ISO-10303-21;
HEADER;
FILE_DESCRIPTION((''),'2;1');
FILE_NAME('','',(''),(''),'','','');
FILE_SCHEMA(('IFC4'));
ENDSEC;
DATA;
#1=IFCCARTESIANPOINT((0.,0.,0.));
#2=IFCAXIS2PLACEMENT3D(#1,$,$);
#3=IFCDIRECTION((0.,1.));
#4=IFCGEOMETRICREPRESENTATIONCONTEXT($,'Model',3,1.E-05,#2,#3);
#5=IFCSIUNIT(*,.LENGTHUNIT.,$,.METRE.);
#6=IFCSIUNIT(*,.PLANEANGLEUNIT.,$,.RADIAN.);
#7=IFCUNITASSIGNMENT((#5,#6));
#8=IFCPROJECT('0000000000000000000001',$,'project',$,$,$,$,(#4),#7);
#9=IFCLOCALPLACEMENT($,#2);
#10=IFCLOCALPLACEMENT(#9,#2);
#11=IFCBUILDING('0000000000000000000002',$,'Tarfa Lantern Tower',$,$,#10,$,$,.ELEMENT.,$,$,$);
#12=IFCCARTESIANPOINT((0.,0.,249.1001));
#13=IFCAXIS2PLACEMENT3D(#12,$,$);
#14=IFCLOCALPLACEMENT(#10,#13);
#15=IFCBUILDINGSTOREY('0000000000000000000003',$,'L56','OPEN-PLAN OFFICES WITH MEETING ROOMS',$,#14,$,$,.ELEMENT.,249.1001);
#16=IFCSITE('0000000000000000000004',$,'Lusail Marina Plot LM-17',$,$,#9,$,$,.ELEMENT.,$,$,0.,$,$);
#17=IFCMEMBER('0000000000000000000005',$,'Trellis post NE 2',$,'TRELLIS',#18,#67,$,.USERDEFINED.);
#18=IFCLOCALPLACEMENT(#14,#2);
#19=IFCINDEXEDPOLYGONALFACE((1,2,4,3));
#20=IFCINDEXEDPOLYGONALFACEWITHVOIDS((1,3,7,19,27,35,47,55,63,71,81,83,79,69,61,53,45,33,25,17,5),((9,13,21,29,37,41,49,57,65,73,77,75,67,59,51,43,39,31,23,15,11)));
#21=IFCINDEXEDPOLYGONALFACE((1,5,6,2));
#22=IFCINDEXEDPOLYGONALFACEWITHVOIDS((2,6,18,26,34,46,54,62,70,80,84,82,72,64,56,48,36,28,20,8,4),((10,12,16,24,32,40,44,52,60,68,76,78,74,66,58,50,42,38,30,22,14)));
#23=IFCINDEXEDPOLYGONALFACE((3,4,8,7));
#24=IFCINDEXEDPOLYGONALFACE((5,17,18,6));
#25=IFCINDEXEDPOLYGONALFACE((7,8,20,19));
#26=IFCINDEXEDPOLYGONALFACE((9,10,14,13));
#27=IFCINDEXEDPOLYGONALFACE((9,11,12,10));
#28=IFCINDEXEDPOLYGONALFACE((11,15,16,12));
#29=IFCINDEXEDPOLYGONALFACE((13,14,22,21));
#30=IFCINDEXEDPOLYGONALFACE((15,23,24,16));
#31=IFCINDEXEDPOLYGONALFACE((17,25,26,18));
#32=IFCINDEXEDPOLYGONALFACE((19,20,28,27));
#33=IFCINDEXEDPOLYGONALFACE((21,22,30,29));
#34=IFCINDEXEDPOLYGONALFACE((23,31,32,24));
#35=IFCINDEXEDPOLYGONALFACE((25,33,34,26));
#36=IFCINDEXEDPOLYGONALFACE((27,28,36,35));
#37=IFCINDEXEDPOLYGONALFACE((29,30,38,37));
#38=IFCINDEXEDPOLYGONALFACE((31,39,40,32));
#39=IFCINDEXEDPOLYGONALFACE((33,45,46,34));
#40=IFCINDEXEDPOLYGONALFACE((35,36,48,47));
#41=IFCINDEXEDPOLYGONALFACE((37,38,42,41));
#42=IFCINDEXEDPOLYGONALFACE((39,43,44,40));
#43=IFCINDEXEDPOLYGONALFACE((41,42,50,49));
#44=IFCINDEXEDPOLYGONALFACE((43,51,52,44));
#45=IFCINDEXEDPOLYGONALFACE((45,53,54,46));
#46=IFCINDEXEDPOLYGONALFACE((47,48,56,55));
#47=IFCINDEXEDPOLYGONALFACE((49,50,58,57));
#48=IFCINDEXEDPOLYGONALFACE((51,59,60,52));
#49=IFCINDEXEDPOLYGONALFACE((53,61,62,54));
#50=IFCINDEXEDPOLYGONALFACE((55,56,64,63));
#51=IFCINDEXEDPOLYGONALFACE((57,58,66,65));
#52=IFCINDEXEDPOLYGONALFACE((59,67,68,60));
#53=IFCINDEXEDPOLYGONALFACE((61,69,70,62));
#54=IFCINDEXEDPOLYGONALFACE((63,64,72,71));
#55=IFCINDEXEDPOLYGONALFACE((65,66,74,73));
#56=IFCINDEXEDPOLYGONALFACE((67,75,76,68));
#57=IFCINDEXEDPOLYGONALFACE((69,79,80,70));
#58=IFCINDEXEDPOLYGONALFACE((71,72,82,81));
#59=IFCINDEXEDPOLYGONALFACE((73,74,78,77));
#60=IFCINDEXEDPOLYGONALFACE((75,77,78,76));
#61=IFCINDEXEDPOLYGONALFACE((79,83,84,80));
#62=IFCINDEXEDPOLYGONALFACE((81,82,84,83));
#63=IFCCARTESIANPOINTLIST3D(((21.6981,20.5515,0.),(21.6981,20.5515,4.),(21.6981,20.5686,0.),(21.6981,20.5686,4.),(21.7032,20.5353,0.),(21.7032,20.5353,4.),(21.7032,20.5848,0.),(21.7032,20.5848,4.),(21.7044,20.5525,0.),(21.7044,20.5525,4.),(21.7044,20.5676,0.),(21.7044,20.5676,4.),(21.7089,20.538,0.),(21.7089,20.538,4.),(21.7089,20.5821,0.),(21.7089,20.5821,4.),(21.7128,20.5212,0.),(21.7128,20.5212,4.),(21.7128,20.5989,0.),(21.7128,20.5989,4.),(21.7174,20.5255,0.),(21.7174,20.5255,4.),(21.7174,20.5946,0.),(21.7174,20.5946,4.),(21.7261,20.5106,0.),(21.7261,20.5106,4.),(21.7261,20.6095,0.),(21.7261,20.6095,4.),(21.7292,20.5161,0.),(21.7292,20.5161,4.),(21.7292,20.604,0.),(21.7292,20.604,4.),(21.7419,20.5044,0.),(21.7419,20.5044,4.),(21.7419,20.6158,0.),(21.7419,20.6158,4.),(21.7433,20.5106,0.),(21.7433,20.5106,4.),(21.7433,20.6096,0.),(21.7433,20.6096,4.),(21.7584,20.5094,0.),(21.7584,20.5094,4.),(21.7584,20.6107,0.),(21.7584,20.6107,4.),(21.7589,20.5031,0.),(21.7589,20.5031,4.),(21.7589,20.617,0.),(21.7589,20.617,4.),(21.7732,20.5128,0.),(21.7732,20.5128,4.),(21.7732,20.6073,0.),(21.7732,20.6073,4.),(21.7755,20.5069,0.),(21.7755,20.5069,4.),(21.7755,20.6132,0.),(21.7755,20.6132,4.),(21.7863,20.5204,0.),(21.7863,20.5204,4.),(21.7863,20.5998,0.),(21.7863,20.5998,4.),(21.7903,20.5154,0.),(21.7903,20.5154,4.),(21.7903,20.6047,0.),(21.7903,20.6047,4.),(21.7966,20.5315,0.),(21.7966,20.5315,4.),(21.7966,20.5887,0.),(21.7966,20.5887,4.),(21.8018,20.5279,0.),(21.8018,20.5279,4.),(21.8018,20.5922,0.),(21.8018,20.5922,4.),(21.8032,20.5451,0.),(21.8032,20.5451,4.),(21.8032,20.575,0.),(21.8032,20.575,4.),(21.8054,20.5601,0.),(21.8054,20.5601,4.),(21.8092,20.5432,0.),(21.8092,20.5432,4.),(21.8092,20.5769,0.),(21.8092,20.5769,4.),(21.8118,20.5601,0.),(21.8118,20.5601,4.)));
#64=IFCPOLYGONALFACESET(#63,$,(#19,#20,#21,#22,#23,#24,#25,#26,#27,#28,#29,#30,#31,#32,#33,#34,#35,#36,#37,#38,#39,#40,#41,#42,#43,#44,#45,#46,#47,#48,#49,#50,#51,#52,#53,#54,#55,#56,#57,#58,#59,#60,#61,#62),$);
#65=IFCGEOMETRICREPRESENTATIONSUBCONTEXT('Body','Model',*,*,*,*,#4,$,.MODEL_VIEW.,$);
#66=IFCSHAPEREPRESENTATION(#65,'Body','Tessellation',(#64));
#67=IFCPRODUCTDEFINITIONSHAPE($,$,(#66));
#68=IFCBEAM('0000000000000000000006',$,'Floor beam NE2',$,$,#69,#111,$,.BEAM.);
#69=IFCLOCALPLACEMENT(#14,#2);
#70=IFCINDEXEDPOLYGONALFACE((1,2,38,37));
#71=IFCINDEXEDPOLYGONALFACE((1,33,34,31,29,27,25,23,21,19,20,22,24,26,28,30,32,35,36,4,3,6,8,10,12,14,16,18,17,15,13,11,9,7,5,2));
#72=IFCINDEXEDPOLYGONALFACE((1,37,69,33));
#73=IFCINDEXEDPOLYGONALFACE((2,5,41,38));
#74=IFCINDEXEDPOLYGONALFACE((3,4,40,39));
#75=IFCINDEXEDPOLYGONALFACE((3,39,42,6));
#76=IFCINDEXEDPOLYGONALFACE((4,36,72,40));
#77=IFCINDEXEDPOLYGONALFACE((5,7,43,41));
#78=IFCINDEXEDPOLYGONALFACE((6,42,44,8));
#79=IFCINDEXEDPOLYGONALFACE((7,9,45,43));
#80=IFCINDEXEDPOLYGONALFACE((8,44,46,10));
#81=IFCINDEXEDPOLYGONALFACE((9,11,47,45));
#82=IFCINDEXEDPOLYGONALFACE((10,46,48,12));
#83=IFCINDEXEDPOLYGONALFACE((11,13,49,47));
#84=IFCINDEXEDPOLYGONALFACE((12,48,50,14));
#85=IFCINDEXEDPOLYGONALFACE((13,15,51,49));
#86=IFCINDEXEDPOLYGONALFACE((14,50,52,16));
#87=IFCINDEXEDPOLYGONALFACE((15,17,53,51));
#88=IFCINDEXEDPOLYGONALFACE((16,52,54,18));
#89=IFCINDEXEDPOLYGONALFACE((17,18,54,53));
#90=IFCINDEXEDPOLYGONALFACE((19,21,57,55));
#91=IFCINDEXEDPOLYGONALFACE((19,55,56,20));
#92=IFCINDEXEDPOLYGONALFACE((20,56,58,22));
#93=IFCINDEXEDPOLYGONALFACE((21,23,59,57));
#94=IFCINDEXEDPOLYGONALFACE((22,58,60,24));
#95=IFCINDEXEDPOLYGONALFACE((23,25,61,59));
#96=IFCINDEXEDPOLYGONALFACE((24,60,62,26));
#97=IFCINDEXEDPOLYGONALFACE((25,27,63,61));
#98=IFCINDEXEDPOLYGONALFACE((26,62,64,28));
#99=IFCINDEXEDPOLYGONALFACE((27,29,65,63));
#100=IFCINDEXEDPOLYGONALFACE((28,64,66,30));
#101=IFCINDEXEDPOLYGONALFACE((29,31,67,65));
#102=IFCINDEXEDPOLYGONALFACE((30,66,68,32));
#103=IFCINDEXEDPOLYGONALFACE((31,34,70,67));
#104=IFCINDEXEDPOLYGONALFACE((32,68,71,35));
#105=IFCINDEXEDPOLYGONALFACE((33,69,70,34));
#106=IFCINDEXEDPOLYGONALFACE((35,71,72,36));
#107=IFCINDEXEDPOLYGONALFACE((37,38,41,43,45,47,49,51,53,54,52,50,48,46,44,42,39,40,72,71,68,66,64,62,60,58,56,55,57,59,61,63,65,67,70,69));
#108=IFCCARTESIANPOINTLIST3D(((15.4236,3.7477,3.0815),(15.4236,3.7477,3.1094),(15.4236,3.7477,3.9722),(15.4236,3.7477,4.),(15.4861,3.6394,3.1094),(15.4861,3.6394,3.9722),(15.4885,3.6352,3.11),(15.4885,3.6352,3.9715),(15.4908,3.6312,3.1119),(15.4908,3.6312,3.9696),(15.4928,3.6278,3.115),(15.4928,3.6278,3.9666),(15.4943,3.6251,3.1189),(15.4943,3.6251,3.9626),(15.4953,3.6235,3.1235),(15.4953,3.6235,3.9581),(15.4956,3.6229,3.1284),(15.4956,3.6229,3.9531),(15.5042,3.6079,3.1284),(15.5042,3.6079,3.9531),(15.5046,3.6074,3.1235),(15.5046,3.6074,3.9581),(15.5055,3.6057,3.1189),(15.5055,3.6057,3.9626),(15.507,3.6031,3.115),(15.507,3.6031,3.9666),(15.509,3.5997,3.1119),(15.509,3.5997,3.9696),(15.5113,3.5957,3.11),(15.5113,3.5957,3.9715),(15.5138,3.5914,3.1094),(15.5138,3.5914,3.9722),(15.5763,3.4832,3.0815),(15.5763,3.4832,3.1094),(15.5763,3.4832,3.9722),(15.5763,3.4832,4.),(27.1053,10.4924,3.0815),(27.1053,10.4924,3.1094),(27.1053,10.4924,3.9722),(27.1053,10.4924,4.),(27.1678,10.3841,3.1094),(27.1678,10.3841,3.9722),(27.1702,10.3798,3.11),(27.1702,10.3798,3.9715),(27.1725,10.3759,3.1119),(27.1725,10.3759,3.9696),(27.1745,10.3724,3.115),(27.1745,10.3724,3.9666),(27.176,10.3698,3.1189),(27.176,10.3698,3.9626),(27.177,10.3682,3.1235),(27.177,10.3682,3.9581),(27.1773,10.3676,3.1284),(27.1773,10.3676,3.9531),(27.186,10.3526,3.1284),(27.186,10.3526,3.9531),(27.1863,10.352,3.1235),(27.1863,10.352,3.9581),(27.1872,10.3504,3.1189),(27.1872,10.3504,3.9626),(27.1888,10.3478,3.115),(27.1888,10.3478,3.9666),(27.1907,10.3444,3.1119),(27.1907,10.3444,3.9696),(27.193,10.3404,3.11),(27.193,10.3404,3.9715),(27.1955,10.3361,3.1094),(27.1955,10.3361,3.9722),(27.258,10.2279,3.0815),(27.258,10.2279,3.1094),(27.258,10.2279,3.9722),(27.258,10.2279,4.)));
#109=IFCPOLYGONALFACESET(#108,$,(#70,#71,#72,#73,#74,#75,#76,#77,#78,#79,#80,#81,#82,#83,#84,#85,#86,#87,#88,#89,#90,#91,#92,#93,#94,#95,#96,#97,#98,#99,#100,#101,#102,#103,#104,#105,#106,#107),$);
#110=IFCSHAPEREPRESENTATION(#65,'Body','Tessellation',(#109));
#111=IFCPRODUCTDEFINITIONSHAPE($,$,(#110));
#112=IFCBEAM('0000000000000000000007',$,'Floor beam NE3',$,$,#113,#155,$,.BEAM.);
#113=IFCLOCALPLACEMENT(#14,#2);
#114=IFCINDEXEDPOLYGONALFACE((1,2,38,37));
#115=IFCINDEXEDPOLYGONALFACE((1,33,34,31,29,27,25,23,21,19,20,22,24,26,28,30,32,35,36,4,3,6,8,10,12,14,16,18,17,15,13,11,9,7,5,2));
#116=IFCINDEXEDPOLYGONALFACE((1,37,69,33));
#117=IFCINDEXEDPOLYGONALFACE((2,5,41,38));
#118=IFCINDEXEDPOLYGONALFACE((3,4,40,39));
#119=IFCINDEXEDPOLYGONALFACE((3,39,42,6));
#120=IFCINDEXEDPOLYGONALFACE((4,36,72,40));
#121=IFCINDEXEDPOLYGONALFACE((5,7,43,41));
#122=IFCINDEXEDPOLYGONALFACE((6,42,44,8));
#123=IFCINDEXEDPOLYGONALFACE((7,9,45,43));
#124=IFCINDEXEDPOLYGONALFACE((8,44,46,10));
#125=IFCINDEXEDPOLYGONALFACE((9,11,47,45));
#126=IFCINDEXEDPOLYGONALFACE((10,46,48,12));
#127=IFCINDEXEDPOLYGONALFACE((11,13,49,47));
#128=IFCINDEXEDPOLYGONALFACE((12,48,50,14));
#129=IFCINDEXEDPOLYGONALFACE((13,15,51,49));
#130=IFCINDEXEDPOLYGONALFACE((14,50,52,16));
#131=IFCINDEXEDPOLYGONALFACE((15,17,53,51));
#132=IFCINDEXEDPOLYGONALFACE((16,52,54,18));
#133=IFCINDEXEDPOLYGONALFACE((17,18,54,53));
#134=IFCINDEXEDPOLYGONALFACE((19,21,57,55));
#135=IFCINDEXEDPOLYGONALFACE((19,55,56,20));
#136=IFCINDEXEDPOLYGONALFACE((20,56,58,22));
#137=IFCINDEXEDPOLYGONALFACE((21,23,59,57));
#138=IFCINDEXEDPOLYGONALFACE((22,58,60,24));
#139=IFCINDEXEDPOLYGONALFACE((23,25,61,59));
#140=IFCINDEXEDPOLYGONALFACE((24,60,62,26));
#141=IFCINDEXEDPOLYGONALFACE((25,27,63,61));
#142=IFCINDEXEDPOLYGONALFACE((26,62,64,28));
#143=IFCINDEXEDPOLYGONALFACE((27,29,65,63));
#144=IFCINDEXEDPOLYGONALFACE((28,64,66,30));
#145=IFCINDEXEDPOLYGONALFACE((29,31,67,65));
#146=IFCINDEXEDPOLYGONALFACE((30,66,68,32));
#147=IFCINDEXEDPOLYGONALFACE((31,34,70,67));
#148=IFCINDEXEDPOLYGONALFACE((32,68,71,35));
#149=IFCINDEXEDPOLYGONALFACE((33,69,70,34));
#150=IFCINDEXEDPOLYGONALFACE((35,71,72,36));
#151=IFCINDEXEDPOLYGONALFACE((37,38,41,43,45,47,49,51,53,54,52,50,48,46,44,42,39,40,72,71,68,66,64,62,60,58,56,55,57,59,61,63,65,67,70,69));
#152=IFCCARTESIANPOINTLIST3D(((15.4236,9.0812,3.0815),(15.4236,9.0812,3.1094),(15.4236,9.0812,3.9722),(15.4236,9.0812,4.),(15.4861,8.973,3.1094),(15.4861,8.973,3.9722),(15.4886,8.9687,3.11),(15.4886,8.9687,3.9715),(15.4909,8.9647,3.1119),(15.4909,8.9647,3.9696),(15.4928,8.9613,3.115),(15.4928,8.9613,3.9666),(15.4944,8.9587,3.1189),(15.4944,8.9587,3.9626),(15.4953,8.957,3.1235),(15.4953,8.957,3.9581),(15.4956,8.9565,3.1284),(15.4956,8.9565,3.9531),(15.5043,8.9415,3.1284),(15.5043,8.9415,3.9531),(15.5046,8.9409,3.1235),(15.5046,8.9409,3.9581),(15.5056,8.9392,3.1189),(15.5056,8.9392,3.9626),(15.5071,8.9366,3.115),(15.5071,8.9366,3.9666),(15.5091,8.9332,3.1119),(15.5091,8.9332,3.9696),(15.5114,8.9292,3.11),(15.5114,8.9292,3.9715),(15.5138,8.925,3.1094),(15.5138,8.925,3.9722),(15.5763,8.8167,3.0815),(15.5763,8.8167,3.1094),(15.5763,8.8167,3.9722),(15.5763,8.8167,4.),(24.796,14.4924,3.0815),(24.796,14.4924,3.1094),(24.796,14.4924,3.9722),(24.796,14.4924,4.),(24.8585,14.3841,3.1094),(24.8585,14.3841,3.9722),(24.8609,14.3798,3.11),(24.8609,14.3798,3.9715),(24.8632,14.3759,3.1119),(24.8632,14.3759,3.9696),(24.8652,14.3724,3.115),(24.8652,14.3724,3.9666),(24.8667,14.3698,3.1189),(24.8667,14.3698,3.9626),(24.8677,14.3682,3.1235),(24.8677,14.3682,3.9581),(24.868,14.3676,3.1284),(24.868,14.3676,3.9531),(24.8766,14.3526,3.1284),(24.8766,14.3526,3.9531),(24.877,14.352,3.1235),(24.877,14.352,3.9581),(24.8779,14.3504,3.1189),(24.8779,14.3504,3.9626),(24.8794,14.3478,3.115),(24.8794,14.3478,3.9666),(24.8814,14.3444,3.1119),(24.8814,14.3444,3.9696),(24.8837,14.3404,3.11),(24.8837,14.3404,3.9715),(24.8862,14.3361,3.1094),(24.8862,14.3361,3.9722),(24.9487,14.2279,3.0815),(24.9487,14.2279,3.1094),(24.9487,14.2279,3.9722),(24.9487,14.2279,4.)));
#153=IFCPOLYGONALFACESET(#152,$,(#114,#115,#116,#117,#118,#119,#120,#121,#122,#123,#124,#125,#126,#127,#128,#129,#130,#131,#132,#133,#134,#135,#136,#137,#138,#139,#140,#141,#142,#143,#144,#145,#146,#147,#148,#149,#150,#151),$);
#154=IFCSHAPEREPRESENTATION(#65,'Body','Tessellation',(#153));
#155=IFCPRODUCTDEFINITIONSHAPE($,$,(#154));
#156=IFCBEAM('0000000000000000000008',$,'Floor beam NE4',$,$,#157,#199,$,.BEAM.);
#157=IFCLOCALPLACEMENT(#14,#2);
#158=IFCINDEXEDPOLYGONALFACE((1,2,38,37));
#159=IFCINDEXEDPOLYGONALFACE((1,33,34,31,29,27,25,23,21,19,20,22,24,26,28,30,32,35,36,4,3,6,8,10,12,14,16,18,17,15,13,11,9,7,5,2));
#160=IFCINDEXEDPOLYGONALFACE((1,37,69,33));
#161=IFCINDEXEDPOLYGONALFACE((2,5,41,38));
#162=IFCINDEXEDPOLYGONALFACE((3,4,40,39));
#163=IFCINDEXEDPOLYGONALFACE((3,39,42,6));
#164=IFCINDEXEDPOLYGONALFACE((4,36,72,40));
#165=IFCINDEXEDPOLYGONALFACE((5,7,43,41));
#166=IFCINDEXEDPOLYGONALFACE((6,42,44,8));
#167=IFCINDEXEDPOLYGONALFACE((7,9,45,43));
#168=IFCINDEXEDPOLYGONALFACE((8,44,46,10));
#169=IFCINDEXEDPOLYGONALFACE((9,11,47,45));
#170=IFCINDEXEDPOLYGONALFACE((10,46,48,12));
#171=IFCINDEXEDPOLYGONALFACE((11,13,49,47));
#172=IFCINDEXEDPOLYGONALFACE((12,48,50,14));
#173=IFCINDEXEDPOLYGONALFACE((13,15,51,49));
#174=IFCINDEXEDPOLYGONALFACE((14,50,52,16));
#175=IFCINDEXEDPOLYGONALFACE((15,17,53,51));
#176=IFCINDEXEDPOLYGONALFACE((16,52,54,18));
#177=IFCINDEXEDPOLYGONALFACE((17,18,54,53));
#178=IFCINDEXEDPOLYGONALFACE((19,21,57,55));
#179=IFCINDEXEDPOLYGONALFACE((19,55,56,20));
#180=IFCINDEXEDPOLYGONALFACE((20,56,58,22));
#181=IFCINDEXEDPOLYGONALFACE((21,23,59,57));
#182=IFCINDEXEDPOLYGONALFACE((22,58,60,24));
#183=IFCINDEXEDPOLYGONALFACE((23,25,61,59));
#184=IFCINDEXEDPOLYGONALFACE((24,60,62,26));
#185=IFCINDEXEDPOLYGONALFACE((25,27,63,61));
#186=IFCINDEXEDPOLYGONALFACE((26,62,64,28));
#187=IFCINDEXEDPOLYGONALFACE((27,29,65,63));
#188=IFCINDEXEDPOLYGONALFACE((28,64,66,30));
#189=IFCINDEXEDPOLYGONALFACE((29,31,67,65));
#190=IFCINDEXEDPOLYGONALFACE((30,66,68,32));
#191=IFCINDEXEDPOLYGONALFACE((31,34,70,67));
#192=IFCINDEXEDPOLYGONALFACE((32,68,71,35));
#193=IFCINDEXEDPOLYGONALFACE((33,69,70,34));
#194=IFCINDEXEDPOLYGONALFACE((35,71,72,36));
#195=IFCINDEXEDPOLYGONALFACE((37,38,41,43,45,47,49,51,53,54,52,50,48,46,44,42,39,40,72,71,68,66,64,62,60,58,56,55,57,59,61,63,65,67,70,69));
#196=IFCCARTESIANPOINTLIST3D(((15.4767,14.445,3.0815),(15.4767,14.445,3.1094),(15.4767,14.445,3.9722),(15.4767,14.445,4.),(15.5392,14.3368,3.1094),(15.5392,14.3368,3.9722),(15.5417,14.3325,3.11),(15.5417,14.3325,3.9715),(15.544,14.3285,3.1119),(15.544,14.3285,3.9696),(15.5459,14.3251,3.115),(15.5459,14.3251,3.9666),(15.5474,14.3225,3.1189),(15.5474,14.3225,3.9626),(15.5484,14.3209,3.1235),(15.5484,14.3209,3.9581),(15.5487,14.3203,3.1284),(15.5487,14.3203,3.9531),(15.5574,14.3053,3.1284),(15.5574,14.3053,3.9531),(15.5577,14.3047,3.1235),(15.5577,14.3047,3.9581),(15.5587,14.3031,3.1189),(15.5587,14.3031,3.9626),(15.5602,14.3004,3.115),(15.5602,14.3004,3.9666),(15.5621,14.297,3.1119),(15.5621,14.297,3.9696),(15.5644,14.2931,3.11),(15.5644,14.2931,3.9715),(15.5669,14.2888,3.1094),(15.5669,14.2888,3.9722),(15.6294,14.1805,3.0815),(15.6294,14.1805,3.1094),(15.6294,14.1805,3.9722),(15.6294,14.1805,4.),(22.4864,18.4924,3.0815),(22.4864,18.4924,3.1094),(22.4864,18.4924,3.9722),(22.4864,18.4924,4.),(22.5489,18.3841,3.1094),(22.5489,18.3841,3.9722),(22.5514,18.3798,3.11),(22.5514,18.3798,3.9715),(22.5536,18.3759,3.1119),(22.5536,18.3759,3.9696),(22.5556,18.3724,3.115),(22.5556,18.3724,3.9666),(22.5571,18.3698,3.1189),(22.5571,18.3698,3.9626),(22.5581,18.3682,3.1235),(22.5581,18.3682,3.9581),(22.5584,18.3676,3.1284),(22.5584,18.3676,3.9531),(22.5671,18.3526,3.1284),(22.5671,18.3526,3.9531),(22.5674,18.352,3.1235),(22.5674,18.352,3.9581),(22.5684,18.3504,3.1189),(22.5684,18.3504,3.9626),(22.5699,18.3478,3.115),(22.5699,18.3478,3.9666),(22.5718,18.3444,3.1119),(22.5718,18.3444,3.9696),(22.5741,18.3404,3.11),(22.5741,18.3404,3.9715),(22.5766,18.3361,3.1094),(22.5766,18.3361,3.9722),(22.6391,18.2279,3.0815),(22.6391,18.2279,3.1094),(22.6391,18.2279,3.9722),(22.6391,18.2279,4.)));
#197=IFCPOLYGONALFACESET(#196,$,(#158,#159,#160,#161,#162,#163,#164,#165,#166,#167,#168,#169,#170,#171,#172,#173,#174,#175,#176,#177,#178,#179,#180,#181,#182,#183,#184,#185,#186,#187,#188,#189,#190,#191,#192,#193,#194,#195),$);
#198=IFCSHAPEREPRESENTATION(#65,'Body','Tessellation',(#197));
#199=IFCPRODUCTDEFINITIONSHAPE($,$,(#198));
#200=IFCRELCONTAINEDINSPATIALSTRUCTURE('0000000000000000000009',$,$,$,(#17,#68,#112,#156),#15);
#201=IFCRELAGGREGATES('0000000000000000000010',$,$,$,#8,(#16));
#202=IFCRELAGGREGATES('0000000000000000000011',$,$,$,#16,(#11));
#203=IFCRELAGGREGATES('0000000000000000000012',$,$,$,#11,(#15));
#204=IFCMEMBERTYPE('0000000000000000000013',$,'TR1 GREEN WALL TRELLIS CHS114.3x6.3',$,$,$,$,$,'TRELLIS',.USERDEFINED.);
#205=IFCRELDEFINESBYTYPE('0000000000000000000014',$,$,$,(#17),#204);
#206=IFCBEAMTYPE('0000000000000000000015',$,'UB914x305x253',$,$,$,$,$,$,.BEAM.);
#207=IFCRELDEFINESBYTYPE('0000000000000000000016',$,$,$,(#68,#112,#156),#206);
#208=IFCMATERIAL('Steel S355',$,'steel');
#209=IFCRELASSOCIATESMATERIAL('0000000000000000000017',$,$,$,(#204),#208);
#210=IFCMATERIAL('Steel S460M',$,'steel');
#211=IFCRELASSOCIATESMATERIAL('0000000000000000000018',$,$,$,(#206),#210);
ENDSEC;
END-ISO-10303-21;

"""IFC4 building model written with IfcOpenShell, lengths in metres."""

from ifc_helpers import new_model, si_unit, direction, frame, origin, origin_2d, place, context, subcontext, project, spatial, hollow_circle, i_section, extrude, material, material_profile, profile_set, type_object, element, save


model = new_model("IFC4")

# Units and contexts
model_context = context("Model", 3, precision=1e-05, world=origin(), true_north=direction((0.0, 1.0)))
body_context = subcontext(model_context, "Body", "Model", "MODEL_VIEW")
ifc_project = project(units=[si_unit("LENGTHUNIT", "METRE"), si_unit("PLANEANGLEUNIT", "RADIAN")], contexts=[model_context])

# Site, building, storey
site_placement = place(None, origin())
site = spatial("IfcSite", under=ifc_project, at=site_placement, Name="Lusail Marina Plot LM-17", CompositionType="ELEMENT", RefElevation=0.0)
building_placement = place(site_placement, origin())
building = spatial("IfcBuilding", under=site, at=building_placement, Name="Tarfa Lantern Tower", CompositionType="ELEMENT")
storey_placement = place(building_placement, frame((0.0, 0.0, 249.1001)))
storey = spatial("IfcBuildingStorey", under=building, at=storey_placement, Name="L56", Description="OPEN-PLAN OFFICES WITH MEETING ROOMS", CompositionType="ELEMENT", Elevation=249.1001)

# Member
ifc_material_1 = material(Name="Steel S355", Category="steel")
ifc_material_profile_1 = material_profile(ifc_material_1, hollow_circle(Radius=0.0571, WallThickness=0.0063, at=origin_2d()), Name="CHS114.3x6.3")
ifc_profile_set_1 = profile_set([ifc_material_profile_1], Name="Steel S355")
member_type_1 = type_object("IfcMemberType", Name="TR1 GREEN WALL TRELLIS CHS114.3x6.3", ElementType="TRELLIS", PredefinedType="USERDEFINED", material=ifc_profile_set_1)
member_1_placement = place(storey_placement, frame((21.7546, 20.5601, 0.0), z_axis=(0.0, 0.0, 1.0), x_axis=(1.0, 0.0, 0.0)))
element("IfcMember", 1, at=member_1_placement, inside=storey, type_object=member_type_1, Name="Trellis post NE 2", ObjectType="TRELLIS", PredefinedType="USERDEFINED", context=body_context, shape_type="SweptSolid", body=[
    extrude(hollow_circle(Radius=0.0571, WallThickness=0.0063, at=origin_2d()), origin(), (0.0, 0.0, 1.0), 4.0),
])

# Beams
ifc_material_2 = material(Name="Steel S460M", Category="steel")
ifc_material_profile_2 = material_profile(ifc_material_2, i_section(OverallWidth=0.3054, OverallDepth=0.9185, WebThickness=0.0173, FlangeThickness=0.0278, FilletRadius=0.019, at=origin_2d()), Name="UB914x305x253")
ifc_profile_set_2 = profile_set([ifc_material_profile_2], Name="Steel S460M")
beam_type_1 = type_object("IfcBeamType", Name="UB914x305x253", PredefinedType="BEAM", material=ifc_profile_set_2)
beam_1_placement = place(storey_placement, frame((27.1816, 10.3601, 3.5408), z_axis=(-0.866018, -0.500013, 0.0), x_axis=(0.500013, -0.866018, 0.0)))
element("IfcBeam", 2, at=beam_1_placement, inside=storey, type_object=beam_type_1, Name="Floor beam NE2", PredefinedType="BEAM", context=body_context, shape_type="SweptSolid", body=[
    extrude(i_section(OverallWidth=0.3054, OverallDepth=0.9185, WebThickness=0.0173, FlangeThickness=0.0278, FilletRadius=0.019, at=origin_2d()), origin(), (0.0, 0.0, 1.0), 13.489),
])
beam_2_placement = place(storey_placement, frame((24.8723, 14.3601, 3.5408), z_axis=(-0.866024, -0.500002, 0.0), x_axis=(0.500002, -0.866024, 0.0)))
element("IfcBeam", 3, at=beam_2_placement, inside=storey, type_object=beam_type_1, Name="Floor beam NE3", PredefinedType="BEAM", context=body_context, shape_type="SweptSolid", body=[
    extrude(i_section(OverallWidth=0.3054, OverallDepth=0.9185, WebThickness=0.0173, FlangeThickness=0.0278, FilletRadius=0.019, at=origin_2d()), origin(), (0.0, 0.0, 1.0), 10.8223),
])
beam_3_placement = place(storey_placement, frame((22.5627, 18.3601, 3.5408), z_axis=(-0.866011, -0.500025, 0.0), x_axis=(0.500025, -0.866011, 0.0)))
element("IfcBeam", 4, at=beam_3_placement, inside=storey, type_object=beam_type_1, Name="Floor beam NE4", PredefinedType="BEAM", context=body_context, shape_type="SweptSolid", body=[
    extrude(i_section(OverallWidth=0.3054, OverallDepth=0.9185, WebThickness=0.0173, FlangeThickness=0.0278, FilletRadius=0.019, at=origin_2d()), origin(), (0.0, 0.0, 1.0), 8.0942),
])

save(model, "model.ifc")
